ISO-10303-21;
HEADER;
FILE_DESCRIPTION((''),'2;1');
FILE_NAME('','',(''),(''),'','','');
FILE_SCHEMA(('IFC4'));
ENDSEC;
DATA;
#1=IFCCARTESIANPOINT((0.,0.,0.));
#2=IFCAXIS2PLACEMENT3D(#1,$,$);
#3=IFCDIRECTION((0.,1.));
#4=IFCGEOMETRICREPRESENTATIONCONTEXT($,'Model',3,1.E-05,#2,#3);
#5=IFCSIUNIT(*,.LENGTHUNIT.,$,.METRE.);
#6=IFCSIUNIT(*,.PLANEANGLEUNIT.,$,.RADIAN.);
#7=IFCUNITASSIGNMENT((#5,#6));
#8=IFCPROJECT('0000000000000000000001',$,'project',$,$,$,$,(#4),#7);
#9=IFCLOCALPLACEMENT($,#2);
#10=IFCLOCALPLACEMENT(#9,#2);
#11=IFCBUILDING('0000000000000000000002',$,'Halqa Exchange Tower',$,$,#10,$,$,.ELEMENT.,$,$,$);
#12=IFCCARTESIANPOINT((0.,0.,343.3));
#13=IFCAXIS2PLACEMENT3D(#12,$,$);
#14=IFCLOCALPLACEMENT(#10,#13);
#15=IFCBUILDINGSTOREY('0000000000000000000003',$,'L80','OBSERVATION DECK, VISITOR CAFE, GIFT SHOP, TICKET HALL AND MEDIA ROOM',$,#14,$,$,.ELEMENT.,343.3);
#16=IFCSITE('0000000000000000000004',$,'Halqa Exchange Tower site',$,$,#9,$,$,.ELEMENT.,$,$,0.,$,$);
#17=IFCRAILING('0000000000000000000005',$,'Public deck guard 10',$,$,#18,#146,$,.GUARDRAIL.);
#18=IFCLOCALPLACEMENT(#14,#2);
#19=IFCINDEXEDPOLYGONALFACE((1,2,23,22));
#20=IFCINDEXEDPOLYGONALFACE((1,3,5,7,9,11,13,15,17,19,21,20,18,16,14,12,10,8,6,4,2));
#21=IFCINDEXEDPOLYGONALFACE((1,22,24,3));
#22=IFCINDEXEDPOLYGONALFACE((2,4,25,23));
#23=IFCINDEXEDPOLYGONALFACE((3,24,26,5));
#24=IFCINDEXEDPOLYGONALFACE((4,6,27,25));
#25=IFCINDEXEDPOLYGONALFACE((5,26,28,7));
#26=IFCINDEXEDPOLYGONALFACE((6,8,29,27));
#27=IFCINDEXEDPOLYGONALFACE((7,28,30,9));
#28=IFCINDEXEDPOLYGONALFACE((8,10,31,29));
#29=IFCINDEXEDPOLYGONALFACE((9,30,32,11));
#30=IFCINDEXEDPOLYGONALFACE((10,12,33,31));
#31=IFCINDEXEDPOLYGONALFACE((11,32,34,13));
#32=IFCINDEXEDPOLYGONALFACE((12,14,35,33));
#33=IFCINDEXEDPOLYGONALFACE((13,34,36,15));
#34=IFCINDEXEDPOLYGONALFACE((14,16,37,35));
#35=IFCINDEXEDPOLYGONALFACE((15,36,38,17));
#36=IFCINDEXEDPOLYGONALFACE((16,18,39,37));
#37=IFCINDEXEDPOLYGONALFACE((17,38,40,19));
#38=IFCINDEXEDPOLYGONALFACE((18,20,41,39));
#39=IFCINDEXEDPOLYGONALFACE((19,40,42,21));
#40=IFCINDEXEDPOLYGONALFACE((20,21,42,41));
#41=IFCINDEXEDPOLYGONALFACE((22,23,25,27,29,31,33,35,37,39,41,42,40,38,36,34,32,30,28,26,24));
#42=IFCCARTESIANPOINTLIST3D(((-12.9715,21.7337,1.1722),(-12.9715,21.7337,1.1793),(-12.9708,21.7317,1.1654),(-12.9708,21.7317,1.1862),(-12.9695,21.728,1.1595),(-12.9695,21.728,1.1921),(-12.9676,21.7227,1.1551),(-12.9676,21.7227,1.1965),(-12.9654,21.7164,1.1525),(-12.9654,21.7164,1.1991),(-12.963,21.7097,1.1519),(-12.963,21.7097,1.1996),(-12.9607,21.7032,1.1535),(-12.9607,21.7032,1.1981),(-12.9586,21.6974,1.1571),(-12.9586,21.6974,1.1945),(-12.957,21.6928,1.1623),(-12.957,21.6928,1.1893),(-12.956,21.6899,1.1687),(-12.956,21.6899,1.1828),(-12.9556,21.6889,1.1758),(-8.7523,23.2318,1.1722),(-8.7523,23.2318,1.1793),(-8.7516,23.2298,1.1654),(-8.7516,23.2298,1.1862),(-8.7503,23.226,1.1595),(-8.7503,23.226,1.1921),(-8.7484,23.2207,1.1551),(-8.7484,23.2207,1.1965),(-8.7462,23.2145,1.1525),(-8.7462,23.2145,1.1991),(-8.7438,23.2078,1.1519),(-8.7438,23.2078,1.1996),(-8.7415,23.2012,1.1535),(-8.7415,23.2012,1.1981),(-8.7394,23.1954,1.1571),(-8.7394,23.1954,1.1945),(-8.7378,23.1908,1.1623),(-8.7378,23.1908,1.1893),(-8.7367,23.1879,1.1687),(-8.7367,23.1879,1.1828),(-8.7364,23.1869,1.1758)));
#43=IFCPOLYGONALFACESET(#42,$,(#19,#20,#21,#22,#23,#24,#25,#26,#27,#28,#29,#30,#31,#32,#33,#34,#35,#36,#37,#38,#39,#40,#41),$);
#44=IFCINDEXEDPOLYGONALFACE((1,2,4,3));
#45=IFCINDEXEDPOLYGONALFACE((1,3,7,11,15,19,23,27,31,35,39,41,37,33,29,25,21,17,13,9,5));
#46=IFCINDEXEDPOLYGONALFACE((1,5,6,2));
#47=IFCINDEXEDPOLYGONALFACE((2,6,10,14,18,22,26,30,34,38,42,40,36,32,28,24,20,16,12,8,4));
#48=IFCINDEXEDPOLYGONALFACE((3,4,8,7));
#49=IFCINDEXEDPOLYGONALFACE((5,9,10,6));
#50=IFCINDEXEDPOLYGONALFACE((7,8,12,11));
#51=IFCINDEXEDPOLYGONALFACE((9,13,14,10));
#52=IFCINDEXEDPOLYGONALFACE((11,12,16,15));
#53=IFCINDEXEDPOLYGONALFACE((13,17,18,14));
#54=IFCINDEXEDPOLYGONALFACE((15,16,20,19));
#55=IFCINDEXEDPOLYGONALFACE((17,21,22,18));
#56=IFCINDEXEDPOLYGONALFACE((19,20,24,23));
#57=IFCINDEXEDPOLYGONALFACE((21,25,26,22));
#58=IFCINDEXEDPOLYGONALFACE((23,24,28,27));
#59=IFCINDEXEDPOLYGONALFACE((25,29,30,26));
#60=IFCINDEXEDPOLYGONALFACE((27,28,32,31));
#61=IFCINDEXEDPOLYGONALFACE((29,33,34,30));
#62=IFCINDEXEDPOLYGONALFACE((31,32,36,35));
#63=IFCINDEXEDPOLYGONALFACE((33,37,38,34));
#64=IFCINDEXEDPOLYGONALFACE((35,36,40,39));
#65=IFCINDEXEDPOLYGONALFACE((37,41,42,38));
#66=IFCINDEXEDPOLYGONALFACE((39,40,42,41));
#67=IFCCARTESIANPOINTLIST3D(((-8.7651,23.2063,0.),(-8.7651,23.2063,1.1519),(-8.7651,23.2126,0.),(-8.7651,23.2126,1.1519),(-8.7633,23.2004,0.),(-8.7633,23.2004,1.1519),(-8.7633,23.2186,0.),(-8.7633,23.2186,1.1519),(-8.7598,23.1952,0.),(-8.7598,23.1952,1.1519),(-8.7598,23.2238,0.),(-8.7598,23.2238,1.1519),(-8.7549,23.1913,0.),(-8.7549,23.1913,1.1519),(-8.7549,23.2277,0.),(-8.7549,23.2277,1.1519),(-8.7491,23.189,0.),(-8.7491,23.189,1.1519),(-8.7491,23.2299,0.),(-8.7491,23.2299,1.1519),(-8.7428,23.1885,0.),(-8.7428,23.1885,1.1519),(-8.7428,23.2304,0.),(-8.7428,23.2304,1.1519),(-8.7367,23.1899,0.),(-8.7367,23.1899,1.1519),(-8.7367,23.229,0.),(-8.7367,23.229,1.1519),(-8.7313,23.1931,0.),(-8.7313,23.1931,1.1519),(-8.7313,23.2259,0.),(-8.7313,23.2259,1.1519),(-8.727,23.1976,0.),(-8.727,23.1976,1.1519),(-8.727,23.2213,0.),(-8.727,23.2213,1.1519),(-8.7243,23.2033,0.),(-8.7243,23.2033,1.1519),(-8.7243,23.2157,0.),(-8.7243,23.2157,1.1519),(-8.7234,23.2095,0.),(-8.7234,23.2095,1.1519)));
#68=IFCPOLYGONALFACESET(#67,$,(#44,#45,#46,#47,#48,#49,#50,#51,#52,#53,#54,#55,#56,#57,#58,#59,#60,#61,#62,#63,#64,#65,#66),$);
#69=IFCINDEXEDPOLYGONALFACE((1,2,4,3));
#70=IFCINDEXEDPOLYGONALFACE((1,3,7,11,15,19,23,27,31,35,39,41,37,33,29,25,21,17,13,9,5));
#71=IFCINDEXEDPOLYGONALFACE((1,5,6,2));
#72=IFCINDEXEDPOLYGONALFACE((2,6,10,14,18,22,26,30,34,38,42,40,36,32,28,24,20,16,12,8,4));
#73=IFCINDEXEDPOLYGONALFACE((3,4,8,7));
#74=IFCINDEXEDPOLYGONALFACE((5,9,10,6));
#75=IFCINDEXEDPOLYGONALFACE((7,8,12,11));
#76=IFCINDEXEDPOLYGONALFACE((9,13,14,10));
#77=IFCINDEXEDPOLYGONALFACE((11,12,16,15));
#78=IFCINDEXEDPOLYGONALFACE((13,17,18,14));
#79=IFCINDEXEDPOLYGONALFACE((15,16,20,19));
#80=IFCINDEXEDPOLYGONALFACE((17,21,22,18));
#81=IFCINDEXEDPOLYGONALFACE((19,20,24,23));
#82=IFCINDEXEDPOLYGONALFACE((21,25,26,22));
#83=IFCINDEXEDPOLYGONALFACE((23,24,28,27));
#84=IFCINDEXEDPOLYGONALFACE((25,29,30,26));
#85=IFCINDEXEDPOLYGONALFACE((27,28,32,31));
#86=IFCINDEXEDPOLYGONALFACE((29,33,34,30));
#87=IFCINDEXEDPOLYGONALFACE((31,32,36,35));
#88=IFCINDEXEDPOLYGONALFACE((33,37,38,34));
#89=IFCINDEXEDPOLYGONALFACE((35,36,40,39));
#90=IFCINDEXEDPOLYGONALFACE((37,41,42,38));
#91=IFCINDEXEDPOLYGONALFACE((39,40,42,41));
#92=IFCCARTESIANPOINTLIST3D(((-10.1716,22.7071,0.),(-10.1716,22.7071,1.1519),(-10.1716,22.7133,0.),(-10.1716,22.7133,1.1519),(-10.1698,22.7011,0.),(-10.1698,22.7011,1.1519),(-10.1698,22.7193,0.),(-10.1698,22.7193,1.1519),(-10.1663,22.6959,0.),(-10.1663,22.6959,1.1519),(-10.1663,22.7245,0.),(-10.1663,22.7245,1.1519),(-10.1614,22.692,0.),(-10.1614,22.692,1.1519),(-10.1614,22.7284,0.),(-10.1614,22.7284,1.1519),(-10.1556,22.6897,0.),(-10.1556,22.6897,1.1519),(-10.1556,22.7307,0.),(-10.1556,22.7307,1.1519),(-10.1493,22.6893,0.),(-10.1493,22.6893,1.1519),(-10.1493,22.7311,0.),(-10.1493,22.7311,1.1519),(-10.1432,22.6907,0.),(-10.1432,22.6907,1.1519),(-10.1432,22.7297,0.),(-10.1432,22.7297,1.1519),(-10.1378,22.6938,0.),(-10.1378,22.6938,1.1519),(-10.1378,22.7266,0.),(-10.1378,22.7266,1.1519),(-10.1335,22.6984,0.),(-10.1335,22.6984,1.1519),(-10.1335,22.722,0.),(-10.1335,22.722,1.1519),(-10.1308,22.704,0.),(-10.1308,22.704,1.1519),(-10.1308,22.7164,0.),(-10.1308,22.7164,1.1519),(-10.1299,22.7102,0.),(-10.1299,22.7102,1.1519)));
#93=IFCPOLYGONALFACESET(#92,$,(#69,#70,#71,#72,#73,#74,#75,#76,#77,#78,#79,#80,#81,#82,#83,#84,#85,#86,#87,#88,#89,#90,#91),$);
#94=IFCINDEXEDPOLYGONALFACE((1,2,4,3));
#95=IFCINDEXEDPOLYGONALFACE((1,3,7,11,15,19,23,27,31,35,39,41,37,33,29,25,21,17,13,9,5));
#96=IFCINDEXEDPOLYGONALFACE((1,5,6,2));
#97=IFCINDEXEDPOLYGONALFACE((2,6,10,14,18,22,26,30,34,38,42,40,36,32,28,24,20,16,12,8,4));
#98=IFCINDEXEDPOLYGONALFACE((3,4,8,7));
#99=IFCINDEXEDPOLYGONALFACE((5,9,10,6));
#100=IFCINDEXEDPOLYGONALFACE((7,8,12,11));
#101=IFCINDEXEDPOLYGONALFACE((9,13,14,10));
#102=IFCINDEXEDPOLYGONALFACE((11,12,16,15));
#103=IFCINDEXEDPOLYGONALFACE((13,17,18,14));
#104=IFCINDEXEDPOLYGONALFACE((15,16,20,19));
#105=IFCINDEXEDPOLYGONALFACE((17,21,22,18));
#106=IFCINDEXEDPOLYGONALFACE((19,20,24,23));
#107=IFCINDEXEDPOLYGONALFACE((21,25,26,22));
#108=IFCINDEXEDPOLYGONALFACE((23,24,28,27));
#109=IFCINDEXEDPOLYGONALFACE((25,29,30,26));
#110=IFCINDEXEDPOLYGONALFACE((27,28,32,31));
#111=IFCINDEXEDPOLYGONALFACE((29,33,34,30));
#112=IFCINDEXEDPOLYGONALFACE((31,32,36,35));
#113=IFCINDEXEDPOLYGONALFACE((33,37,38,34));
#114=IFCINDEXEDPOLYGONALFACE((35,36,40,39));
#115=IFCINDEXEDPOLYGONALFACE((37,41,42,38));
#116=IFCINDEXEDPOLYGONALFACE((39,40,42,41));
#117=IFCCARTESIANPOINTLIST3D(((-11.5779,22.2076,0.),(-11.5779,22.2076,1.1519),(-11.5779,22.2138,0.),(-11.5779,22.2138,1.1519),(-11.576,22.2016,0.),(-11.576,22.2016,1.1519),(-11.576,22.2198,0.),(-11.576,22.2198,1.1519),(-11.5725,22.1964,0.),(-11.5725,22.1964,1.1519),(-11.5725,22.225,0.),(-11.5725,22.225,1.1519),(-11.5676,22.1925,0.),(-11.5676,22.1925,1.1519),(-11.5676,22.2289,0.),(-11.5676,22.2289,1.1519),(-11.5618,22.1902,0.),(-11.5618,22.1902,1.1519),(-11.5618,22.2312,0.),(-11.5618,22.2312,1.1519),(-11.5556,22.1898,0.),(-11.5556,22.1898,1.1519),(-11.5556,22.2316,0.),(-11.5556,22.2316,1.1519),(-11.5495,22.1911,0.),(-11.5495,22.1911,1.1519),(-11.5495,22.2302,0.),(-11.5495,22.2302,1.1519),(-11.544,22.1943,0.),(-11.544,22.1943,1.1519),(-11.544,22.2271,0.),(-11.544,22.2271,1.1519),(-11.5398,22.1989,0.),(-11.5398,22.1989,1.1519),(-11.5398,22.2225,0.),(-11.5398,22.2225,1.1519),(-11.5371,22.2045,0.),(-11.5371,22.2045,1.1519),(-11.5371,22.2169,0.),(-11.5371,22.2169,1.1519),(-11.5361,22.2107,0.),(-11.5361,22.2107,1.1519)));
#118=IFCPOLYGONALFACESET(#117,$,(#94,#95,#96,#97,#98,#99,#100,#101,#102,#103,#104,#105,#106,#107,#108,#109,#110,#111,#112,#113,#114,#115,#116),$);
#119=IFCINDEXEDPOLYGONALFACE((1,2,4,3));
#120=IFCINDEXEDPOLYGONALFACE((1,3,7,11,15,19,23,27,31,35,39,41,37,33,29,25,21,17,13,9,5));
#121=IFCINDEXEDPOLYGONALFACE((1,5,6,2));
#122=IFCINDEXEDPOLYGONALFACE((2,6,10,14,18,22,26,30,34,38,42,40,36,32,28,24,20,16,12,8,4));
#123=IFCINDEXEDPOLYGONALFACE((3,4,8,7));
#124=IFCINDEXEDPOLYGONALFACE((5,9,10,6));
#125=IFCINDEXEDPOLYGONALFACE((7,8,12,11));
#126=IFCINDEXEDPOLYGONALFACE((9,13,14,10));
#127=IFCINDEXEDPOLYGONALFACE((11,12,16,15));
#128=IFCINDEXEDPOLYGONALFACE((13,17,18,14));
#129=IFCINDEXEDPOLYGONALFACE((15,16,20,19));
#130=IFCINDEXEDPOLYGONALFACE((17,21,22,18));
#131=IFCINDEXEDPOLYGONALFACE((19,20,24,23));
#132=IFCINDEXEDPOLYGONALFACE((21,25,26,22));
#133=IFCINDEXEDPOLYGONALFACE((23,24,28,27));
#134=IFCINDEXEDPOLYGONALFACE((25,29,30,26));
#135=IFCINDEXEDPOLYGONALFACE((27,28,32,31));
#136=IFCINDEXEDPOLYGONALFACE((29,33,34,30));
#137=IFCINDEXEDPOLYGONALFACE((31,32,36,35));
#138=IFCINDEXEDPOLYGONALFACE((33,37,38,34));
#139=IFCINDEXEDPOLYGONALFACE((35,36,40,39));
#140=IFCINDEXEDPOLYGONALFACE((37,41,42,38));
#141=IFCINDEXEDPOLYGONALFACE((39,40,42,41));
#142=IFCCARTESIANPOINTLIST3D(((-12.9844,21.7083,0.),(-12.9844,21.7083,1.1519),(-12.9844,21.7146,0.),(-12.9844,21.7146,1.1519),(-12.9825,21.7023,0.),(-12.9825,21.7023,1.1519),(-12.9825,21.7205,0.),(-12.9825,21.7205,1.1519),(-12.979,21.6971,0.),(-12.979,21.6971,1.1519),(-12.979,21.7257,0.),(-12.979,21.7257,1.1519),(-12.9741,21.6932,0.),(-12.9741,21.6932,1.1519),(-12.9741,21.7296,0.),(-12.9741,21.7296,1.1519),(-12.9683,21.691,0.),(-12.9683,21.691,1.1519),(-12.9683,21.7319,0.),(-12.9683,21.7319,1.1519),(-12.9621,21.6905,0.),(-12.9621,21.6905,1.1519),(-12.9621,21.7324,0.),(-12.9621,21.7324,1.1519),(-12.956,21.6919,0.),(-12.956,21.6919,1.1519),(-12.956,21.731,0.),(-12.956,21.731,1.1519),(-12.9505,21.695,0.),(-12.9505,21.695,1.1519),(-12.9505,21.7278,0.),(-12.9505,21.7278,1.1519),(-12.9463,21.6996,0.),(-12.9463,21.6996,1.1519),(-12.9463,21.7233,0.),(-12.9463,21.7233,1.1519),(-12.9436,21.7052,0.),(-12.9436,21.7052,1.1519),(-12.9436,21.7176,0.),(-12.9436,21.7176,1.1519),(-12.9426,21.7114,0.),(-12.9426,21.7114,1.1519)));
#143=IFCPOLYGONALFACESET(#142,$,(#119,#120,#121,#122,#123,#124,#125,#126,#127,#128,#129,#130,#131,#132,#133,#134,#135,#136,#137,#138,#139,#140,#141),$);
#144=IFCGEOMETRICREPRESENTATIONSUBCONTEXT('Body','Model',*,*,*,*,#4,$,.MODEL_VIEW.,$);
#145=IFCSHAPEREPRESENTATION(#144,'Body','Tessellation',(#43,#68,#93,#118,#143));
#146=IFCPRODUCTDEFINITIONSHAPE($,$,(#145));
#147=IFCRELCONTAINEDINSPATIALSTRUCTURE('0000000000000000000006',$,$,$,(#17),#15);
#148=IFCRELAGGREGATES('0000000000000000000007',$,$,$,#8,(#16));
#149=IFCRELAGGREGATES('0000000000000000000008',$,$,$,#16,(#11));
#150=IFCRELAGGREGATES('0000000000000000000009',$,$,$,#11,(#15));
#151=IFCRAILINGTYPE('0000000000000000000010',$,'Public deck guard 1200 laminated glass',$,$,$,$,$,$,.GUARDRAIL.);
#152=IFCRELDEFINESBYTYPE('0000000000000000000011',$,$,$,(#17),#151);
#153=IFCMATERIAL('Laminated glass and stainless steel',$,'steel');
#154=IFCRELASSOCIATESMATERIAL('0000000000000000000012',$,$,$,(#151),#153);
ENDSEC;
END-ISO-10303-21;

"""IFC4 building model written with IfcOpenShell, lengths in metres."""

from ifc_helpers import new_model, si_unit, direction, frame, origin, origin_2d, place, context, subcontext, project, spatial, circle, extrude, material, type_object, element, save


model = new_model("IFC4")

# Units and contexts
model_context = context("Model", 3, precision=1e-05, world=origin(), true_north=direction((0.0, 1.0)))
body_context = subcontext(model_context, "Body", "Model", "MODEL_VIEW")
ifc_project = project(units=[si_unit("LENGTHUNIT", "METRE"), si_unit("PLANEANGLEUNIT", "RADIAN")], contexts=[model_context])

# Site, building, storey
site_placement = place(None, origin())
site = spatial("IfcSite", under=ifc_project, at=site_placement, Name="Halqa Exchange Tower site", CompositionType="ELEMENT", RefElevation=0.0)
building_placement = place(site_placement, origin())
building = spatial("IfcBuilding", under=site, at=building_placement, Name="Halqa Exchange Tower", CompositionType="ELEMENT")
storey_placement = place(building_placement, frame((0.0, 0.0, 343.3)))
storey = spatial("IfcBuildingStorey", under=building, at=storey_placement, Name="L80", Description="OBSERVATION DECK, VISITOR CAFE, GIFT SHOP, TICKET HALL AND MEDIA ROOM", CompositionType="ELEMENT", Elevation=343.3)

# Railing
ifc_material_1 = material(Name="Laminated glass and stainless steel", Category="steel")
railing_type = type_object("IfcRailingType", Name="Public deck guard 1200 laminated glass", PredefinedType="GUARDRAIL", material=ifc_material_1)
railing_1_placement = place(storey_placement, frame((-8.7444, 23.2095, 0.0)))
element("IfcRailing", 1, at=railing_1_placement, inside=storey, type_object=railing_type, Name="Public deck guard 10", PredefinedType="GUARDRAIL", context=body_context, shape_type="SweptSolid", body=[
    extrude(circle(Radius=0.0239, at=origin_2d()), frame((0.0, 0.0, 1.1758), z_axis=(-0.942365, -0.334588, 0.0), x_axis=(0.334588, -0.942365, 0.0)), (0.0, 0.0, 1.0), 4.4773),
    extrude(circle(Radius=0.021, at=origin_2d()), origin(), (0.0, 0.0, 1.0), 1.1519),
    extrude(circle(Radius=0.021, at=origin_2d()), frame((-1.4065, -0.4993, 0.0)), (0.0, 0.0, 1.0), 1.1519),
    extrude(circle(Radius=0.021, at=origin_2d()), frame((-2.8127, -0.9988, 0.0)), (0.0, 0.0, 1.0), 1.1519),
    extrude(circle(Radius=0.021, at=origin_2d()), frame((-4.2192, -1.498, 0.0)), (0.0, 0.0, 1.0), 1.1519),
])

save(model, "model.ifc")
